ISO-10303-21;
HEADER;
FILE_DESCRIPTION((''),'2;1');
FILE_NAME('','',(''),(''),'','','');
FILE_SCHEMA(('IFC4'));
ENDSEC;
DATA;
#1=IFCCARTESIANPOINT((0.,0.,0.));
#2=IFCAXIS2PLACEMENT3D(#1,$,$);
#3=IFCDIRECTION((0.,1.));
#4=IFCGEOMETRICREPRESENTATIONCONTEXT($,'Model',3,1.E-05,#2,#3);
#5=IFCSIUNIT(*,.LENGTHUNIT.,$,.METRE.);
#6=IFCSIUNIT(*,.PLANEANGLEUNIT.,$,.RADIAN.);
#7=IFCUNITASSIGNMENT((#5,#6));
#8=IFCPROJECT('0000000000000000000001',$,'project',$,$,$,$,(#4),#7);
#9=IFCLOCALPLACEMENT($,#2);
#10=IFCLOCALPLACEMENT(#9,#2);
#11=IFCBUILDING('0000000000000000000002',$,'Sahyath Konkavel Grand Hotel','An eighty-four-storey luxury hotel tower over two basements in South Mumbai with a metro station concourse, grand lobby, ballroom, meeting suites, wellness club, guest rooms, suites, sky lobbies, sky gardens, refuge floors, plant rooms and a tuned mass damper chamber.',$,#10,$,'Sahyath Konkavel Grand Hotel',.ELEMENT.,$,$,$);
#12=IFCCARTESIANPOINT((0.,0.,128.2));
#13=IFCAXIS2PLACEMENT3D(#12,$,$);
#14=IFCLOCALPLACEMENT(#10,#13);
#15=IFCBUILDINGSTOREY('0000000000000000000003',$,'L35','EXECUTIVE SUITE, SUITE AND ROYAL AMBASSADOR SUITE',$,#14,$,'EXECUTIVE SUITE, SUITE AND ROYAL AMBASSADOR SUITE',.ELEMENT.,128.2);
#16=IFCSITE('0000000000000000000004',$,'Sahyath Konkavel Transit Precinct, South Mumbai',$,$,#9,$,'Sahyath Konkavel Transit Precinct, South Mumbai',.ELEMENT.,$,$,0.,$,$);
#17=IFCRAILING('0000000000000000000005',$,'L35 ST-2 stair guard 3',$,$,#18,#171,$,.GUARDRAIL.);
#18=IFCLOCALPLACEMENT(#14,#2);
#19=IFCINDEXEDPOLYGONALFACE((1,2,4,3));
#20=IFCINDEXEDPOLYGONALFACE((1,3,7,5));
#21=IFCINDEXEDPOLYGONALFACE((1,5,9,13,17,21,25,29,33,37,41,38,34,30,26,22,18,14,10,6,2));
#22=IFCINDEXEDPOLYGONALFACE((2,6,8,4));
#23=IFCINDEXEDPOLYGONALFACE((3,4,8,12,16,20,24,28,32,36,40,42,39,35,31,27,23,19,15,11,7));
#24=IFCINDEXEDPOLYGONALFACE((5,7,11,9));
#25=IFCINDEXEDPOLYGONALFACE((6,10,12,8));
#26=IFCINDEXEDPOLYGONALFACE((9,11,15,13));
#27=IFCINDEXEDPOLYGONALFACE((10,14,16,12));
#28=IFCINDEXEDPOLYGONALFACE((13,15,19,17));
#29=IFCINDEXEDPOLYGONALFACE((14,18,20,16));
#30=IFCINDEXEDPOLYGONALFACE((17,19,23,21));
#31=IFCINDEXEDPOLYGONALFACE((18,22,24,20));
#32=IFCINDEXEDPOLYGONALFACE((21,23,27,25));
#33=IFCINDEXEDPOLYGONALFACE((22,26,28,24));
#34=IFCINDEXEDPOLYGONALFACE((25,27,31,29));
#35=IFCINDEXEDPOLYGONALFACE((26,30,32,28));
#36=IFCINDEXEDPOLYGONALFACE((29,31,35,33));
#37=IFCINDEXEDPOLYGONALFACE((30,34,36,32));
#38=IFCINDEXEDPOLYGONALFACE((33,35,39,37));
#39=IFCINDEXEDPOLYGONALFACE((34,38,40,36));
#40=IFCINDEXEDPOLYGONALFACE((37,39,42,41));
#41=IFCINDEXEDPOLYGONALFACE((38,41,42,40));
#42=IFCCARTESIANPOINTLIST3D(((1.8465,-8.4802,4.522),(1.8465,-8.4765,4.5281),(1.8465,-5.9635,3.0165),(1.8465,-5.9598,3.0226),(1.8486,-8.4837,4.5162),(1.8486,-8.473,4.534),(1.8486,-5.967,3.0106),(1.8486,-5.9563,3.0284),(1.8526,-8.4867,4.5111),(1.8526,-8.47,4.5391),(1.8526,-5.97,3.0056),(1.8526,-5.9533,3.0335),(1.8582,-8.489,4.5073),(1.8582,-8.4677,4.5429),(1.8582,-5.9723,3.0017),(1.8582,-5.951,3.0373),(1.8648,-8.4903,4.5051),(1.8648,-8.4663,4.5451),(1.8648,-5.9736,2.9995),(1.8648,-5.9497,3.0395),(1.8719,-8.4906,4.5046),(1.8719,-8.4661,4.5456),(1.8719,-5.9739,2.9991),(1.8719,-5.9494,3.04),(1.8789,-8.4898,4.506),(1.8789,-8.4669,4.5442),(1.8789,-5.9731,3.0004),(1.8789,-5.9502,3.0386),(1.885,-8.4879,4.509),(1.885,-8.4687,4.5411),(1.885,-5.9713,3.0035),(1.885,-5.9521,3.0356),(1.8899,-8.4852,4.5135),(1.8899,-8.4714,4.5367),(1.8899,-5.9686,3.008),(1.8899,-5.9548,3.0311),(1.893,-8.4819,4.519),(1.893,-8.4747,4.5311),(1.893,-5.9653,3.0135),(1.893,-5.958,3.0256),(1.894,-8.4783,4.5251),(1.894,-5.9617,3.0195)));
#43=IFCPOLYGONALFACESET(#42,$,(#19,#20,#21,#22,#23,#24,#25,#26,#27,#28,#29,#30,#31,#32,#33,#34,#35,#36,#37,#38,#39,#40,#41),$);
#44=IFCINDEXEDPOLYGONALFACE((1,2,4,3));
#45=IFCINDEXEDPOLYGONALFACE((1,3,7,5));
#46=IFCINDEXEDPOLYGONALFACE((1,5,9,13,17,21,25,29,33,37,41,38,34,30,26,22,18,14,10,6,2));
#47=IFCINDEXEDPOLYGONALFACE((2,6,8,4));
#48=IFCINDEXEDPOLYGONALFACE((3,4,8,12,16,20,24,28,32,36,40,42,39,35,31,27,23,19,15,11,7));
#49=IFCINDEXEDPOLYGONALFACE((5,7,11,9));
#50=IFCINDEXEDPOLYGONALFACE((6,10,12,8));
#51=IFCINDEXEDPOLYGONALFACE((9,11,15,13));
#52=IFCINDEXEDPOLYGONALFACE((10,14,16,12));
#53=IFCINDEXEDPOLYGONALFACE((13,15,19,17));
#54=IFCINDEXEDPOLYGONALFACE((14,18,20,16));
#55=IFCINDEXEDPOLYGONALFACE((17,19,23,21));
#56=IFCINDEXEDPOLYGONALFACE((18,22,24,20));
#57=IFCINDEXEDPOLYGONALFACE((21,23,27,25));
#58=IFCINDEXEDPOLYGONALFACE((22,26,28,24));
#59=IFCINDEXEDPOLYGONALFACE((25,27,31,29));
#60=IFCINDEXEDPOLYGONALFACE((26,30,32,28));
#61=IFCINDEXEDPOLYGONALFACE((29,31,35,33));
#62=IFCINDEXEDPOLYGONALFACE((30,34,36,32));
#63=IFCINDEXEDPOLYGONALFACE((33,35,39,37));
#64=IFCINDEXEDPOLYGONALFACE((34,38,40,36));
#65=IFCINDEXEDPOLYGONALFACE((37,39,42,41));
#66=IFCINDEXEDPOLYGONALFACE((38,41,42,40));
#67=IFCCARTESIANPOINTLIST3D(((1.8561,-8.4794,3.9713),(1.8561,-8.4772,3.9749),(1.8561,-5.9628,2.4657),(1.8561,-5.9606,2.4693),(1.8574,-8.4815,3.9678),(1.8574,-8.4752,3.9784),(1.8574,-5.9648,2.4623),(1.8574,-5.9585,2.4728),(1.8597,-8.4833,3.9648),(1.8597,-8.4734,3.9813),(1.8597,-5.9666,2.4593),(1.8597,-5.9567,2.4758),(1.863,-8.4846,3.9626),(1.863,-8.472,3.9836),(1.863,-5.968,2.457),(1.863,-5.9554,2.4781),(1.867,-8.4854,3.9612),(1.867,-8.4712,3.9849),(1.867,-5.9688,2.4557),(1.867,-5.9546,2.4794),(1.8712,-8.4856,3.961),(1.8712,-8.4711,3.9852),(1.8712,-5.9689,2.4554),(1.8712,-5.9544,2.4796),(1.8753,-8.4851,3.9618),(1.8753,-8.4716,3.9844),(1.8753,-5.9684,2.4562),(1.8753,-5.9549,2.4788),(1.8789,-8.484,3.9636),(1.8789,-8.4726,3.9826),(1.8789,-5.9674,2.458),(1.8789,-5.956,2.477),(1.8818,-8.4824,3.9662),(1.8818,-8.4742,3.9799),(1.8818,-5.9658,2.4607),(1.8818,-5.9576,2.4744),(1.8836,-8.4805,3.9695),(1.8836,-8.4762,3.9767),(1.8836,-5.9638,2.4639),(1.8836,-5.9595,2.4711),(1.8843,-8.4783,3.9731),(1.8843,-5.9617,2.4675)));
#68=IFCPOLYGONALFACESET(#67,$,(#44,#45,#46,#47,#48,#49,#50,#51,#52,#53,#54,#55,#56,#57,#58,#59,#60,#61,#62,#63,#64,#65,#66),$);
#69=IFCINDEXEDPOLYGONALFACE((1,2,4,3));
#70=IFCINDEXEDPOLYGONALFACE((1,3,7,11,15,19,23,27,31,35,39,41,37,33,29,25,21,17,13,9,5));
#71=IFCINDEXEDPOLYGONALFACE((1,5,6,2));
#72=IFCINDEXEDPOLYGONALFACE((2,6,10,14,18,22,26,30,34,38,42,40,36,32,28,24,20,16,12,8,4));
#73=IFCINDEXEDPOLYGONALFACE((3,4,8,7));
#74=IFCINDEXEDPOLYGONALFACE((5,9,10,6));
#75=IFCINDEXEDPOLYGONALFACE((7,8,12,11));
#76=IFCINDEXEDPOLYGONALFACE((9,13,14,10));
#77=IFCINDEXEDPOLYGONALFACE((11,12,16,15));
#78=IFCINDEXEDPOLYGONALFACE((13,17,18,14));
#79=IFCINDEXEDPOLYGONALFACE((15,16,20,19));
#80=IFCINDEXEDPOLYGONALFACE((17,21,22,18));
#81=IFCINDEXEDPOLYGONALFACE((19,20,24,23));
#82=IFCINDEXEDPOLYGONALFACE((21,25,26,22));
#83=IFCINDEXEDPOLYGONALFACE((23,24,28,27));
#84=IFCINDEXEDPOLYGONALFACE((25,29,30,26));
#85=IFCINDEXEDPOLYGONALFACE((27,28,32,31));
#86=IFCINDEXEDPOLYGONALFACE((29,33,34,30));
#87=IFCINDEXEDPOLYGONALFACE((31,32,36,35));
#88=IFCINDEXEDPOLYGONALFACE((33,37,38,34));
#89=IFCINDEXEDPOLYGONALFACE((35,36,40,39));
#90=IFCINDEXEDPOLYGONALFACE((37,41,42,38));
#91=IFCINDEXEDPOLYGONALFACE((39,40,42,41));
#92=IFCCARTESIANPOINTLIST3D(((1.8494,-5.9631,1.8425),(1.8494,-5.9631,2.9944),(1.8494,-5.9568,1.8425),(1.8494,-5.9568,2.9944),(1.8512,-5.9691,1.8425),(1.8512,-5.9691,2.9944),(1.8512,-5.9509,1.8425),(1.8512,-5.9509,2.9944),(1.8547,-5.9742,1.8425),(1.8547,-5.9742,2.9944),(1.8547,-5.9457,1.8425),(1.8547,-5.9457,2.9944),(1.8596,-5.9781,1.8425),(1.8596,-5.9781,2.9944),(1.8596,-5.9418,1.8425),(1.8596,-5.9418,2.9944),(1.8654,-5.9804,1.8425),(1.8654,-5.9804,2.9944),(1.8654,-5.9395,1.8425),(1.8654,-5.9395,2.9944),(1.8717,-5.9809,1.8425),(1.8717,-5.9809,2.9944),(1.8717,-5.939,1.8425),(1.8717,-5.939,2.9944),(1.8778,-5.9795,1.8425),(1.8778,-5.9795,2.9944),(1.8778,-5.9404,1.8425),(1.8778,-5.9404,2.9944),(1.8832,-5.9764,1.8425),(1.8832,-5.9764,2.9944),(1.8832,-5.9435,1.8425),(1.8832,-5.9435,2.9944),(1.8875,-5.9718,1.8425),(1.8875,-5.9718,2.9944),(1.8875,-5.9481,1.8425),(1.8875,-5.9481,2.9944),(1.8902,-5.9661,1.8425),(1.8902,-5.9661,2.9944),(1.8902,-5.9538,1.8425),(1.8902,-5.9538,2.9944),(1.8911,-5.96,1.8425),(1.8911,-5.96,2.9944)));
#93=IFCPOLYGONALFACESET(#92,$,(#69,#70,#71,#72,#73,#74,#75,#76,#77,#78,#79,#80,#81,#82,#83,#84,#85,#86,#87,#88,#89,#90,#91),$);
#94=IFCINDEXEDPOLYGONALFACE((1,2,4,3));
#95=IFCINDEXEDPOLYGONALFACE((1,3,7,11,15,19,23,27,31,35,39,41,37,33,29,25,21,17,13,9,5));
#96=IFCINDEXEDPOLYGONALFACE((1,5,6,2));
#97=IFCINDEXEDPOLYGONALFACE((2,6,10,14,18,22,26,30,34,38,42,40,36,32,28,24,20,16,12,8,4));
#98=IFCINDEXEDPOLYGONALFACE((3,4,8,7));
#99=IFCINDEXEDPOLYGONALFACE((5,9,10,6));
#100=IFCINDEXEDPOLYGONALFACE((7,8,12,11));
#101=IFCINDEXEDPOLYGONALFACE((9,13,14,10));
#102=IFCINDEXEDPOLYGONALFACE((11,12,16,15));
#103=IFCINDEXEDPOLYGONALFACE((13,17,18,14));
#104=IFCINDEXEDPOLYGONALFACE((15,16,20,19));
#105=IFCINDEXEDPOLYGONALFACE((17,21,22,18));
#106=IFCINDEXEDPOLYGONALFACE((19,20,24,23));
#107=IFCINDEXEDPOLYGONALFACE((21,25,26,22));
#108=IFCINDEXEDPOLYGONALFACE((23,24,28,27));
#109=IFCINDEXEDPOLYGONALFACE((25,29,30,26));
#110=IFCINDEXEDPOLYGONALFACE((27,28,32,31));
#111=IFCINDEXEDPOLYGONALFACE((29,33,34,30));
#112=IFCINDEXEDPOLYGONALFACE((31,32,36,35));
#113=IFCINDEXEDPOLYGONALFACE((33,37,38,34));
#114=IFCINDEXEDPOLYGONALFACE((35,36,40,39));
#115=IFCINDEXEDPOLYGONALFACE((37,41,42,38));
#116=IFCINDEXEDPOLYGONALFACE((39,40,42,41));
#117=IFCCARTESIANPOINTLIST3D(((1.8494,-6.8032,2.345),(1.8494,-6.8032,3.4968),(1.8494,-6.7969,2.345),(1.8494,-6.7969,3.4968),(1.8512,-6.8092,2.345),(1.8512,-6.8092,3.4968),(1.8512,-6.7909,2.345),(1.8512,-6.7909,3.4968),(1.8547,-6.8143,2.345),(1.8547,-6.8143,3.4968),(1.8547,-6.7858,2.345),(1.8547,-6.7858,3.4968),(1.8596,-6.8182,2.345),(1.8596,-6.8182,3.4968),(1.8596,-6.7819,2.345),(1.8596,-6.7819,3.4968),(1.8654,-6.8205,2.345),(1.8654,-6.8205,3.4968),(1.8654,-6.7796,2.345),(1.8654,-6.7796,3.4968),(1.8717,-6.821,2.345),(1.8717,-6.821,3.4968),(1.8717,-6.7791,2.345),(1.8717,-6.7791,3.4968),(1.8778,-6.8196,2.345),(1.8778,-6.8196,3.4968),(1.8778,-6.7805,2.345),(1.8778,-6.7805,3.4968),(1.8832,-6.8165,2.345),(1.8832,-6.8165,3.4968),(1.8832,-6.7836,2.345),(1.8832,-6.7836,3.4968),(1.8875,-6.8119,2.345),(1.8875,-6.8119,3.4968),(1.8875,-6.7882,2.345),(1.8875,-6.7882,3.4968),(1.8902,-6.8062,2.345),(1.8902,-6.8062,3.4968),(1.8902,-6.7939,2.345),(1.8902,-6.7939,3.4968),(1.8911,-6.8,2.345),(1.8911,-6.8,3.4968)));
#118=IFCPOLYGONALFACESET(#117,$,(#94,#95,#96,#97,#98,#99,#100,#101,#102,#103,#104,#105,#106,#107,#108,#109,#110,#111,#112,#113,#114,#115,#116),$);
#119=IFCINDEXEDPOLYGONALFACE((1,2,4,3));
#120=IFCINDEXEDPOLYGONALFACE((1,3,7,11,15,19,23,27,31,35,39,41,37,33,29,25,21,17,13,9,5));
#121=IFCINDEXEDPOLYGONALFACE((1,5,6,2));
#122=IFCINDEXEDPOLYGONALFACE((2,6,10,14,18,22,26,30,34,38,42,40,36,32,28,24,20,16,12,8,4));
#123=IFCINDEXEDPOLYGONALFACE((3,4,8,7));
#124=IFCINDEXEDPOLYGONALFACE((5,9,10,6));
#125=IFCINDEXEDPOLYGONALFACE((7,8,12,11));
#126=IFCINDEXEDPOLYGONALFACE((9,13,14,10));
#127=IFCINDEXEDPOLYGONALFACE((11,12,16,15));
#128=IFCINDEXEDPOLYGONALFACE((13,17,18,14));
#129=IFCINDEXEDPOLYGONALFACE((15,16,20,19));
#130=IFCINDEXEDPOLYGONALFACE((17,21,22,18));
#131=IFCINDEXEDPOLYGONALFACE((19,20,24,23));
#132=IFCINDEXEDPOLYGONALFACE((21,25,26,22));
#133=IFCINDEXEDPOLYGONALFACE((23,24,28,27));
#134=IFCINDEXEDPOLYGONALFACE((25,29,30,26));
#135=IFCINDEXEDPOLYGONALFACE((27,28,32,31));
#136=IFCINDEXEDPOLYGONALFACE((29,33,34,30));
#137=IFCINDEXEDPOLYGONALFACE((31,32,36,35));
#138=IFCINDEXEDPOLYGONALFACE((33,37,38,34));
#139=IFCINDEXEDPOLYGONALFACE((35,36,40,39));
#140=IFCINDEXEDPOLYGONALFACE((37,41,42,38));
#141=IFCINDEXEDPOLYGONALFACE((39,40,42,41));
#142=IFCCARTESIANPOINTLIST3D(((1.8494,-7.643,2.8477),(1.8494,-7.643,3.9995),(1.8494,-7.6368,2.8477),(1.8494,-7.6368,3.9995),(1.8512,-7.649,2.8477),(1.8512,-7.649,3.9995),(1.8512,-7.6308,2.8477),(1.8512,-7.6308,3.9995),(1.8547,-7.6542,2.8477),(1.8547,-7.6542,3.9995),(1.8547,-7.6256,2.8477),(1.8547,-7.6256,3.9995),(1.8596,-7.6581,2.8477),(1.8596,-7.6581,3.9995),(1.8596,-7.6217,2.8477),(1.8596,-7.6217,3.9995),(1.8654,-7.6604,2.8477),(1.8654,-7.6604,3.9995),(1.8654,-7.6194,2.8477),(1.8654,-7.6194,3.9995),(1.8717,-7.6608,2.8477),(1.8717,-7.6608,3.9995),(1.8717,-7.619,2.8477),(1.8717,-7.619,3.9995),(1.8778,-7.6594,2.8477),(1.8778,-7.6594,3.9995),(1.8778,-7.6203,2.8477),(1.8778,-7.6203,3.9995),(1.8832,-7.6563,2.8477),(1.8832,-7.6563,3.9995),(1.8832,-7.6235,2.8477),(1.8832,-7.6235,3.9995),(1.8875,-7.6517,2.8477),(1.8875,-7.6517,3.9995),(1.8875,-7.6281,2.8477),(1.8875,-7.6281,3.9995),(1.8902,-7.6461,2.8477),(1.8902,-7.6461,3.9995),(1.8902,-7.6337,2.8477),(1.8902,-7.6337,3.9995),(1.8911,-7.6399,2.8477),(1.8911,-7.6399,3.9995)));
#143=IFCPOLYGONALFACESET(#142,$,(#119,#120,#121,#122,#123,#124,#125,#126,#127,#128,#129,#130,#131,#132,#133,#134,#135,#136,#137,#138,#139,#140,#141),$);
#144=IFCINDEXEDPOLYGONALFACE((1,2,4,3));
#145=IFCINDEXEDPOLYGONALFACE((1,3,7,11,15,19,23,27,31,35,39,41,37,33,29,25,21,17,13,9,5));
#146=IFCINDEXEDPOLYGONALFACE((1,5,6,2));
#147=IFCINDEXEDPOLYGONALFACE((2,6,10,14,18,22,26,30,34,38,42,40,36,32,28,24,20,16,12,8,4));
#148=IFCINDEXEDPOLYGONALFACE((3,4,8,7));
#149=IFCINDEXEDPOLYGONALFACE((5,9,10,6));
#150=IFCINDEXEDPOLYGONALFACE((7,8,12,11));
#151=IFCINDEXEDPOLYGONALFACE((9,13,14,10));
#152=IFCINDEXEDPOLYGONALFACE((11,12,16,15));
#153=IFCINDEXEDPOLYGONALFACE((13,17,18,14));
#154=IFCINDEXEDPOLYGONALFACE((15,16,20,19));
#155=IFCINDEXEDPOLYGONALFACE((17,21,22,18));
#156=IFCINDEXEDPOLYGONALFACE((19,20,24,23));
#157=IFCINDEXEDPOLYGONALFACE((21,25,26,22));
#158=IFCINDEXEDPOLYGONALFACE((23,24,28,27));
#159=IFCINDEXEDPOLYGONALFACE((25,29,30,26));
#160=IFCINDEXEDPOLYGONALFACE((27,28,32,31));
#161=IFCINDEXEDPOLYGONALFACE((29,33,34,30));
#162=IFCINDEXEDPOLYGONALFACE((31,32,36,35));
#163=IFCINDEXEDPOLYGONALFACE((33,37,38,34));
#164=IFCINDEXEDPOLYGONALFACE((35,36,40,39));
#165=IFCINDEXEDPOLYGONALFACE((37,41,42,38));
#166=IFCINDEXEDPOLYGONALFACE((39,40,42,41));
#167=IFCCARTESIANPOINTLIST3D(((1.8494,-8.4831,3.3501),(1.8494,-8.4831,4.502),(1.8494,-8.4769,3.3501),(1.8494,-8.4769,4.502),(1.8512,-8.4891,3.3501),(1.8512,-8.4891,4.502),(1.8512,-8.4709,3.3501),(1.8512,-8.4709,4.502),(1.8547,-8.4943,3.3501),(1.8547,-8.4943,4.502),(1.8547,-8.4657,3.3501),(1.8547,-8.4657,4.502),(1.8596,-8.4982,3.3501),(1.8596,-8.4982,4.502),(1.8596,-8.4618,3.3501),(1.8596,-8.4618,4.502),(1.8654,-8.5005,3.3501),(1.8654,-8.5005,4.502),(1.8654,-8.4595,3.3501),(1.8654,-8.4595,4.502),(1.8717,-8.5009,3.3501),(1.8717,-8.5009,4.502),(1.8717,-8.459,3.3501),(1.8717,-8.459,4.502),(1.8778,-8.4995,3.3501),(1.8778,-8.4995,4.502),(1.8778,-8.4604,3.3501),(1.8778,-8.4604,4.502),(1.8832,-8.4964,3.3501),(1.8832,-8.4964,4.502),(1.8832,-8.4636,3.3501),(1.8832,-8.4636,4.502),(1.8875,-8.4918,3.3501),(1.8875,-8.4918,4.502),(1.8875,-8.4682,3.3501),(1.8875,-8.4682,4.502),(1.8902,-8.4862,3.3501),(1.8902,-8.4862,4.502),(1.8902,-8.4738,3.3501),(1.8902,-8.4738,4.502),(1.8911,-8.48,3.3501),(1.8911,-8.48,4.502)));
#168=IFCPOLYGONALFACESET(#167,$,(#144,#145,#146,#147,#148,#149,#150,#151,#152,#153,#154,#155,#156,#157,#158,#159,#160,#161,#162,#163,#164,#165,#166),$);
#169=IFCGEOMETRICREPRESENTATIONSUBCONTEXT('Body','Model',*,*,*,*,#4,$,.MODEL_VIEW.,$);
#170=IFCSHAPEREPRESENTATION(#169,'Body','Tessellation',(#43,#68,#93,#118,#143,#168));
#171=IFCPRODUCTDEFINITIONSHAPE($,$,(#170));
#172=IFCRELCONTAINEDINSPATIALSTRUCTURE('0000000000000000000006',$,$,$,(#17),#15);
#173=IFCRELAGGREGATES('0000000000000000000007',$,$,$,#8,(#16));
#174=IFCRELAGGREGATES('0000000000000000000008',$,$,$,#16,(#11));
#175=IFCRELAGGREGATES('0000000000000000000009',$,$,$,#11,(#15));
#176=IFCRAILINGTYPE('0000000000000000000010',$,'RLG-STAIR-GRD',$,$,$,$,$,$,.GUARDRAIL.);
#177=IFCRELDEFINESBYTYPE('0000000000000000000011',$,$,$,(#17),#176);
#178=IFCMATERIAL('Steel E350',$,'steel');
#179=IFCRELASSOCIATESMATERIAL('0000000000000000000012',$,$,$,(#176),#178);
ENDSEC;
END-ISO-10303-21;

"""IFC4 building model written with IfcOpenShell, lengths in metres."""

from ifc_helpers import new_model, si_unit, direction, frame, origin, origin_2d, place, context, subcontext, project, spatial, circle, extrude, material, type_object, element, save


model = new_model("IFC4")

# Units and contexts
model_context = context("Model", 3, precision=1e-05, world=origin(), true_north=direction((0.0, 1.0)))
body_context = subcontext(model_context, "Body", "Model", "MODEL_VIEW")
ifc_project = project(units=[si_unit("LENGTHUNIT", "METRE"), si_unit("PLANEANGLEUNIT", "RADIAN")], contexts=[model_context])

# Site, building, storey
site_placement = place(None, origin())
site = spatial("IfcSite", under=ifc_project, at=site_placement, Name="Sahyath Konkavel Transit Precinct, South Mumbai", LongName="Sahyath Konkavel Transit Precinct, South Mumbai", CompositionType="ELEMENT", RefElevation=0.0)
building_placement = place(site_placement, origin())
building = spatial("IfcBuilding", under=site, at=building_placement, Name="Sahyath Konkavel Grand Hotel", Description="An eighty-four-storey luxury hotel tower over two basements in South Mumbai with a metro station concourse, grand lobby, ballroom, meeting suites, wellness club, guest rooms, suites, sky lobbies, sky gardens, refuge floors, plant rooms and a tuned mass damper chamber.", LongName="Sahyath Konkavel Grand Hotel", CompositionType="ELEMENT")
storey_placement = place(building_placement, frame((0.0, 0.0, 128.2)))
storey = spatial("IfcBuildingStorey", under=building, at=storey_placement, Name="L35", Description="EXECUTIVE SUITE, SUITE AND ROYAL AMBASSADOR SUITE", LongName="EXECUTIVE SUITE, SUITE AND ROYAL AMBASSADOR SUITE", CompositionType="ELEMENT", Elevation=128.2)

# Shared definitions
ifc_material_1 = material(Name="Steel E350", Category="steel")

# Railing
railing_type_1 = type_object("IfcRailingType", Name="RLG-STAIR-GRD", PredefinedType="GUARDRAIL", material=ifc_material_1)
railing_1_placement = place(storey_placement, frame((1.8701, -5.96, 1.8425)))
element("IfcRailing", 1, at=railing_1_placement, inside=storey, type_object=railing_type_1, Name="L35 ST-2 stair guard 3", PredefinedType="GUARDRAIL", context=body_context, shape_type="SweptSolid", body=[
    extrude(circle(Radius=0.0239, at=origin_2d()), frame((0.0, -0.0017, 1.177), z_axis=(0.0, -0.85816, 0.513383), x_axis=(1.0, 0.0, 0.0)), (0.0, 0.0, 1.0), 2.9326),
    extrude(circle(Radius=0.0142, at=origin_2d()), frame((0.0, -0.0017, 0.625), z_axis=(0.0, -0.85816, 0.513383), x_axis=(1.0, 0.0, 0.0)), (0.0, 0.0, 1.0), 2.9326),
    extrude(circle(Radius=0.021, at=origin_2d()), origin(), (0.0, 0.0, 1.0), 1.1519),
    extrude(circle(Radius=0.021, at=origin_2d()), frame((0.0, -0.8401, 0.5024)), (0.0, 0.0, 1.0), 1.1519),
    extrude(circle(Radius=0.021, at=origin_2d()), frame((0.0, -1.6799, 1.0051)), (0.0, 0.0, 1.0), 1.1519),
    extrude(circle(Radius=0.021, at=origin_2d()), frame((0.0, -2.52, 1.5076)), (0.0, 0.0, 1.0), 1.1519),
])

save(model, "model.ifc")
